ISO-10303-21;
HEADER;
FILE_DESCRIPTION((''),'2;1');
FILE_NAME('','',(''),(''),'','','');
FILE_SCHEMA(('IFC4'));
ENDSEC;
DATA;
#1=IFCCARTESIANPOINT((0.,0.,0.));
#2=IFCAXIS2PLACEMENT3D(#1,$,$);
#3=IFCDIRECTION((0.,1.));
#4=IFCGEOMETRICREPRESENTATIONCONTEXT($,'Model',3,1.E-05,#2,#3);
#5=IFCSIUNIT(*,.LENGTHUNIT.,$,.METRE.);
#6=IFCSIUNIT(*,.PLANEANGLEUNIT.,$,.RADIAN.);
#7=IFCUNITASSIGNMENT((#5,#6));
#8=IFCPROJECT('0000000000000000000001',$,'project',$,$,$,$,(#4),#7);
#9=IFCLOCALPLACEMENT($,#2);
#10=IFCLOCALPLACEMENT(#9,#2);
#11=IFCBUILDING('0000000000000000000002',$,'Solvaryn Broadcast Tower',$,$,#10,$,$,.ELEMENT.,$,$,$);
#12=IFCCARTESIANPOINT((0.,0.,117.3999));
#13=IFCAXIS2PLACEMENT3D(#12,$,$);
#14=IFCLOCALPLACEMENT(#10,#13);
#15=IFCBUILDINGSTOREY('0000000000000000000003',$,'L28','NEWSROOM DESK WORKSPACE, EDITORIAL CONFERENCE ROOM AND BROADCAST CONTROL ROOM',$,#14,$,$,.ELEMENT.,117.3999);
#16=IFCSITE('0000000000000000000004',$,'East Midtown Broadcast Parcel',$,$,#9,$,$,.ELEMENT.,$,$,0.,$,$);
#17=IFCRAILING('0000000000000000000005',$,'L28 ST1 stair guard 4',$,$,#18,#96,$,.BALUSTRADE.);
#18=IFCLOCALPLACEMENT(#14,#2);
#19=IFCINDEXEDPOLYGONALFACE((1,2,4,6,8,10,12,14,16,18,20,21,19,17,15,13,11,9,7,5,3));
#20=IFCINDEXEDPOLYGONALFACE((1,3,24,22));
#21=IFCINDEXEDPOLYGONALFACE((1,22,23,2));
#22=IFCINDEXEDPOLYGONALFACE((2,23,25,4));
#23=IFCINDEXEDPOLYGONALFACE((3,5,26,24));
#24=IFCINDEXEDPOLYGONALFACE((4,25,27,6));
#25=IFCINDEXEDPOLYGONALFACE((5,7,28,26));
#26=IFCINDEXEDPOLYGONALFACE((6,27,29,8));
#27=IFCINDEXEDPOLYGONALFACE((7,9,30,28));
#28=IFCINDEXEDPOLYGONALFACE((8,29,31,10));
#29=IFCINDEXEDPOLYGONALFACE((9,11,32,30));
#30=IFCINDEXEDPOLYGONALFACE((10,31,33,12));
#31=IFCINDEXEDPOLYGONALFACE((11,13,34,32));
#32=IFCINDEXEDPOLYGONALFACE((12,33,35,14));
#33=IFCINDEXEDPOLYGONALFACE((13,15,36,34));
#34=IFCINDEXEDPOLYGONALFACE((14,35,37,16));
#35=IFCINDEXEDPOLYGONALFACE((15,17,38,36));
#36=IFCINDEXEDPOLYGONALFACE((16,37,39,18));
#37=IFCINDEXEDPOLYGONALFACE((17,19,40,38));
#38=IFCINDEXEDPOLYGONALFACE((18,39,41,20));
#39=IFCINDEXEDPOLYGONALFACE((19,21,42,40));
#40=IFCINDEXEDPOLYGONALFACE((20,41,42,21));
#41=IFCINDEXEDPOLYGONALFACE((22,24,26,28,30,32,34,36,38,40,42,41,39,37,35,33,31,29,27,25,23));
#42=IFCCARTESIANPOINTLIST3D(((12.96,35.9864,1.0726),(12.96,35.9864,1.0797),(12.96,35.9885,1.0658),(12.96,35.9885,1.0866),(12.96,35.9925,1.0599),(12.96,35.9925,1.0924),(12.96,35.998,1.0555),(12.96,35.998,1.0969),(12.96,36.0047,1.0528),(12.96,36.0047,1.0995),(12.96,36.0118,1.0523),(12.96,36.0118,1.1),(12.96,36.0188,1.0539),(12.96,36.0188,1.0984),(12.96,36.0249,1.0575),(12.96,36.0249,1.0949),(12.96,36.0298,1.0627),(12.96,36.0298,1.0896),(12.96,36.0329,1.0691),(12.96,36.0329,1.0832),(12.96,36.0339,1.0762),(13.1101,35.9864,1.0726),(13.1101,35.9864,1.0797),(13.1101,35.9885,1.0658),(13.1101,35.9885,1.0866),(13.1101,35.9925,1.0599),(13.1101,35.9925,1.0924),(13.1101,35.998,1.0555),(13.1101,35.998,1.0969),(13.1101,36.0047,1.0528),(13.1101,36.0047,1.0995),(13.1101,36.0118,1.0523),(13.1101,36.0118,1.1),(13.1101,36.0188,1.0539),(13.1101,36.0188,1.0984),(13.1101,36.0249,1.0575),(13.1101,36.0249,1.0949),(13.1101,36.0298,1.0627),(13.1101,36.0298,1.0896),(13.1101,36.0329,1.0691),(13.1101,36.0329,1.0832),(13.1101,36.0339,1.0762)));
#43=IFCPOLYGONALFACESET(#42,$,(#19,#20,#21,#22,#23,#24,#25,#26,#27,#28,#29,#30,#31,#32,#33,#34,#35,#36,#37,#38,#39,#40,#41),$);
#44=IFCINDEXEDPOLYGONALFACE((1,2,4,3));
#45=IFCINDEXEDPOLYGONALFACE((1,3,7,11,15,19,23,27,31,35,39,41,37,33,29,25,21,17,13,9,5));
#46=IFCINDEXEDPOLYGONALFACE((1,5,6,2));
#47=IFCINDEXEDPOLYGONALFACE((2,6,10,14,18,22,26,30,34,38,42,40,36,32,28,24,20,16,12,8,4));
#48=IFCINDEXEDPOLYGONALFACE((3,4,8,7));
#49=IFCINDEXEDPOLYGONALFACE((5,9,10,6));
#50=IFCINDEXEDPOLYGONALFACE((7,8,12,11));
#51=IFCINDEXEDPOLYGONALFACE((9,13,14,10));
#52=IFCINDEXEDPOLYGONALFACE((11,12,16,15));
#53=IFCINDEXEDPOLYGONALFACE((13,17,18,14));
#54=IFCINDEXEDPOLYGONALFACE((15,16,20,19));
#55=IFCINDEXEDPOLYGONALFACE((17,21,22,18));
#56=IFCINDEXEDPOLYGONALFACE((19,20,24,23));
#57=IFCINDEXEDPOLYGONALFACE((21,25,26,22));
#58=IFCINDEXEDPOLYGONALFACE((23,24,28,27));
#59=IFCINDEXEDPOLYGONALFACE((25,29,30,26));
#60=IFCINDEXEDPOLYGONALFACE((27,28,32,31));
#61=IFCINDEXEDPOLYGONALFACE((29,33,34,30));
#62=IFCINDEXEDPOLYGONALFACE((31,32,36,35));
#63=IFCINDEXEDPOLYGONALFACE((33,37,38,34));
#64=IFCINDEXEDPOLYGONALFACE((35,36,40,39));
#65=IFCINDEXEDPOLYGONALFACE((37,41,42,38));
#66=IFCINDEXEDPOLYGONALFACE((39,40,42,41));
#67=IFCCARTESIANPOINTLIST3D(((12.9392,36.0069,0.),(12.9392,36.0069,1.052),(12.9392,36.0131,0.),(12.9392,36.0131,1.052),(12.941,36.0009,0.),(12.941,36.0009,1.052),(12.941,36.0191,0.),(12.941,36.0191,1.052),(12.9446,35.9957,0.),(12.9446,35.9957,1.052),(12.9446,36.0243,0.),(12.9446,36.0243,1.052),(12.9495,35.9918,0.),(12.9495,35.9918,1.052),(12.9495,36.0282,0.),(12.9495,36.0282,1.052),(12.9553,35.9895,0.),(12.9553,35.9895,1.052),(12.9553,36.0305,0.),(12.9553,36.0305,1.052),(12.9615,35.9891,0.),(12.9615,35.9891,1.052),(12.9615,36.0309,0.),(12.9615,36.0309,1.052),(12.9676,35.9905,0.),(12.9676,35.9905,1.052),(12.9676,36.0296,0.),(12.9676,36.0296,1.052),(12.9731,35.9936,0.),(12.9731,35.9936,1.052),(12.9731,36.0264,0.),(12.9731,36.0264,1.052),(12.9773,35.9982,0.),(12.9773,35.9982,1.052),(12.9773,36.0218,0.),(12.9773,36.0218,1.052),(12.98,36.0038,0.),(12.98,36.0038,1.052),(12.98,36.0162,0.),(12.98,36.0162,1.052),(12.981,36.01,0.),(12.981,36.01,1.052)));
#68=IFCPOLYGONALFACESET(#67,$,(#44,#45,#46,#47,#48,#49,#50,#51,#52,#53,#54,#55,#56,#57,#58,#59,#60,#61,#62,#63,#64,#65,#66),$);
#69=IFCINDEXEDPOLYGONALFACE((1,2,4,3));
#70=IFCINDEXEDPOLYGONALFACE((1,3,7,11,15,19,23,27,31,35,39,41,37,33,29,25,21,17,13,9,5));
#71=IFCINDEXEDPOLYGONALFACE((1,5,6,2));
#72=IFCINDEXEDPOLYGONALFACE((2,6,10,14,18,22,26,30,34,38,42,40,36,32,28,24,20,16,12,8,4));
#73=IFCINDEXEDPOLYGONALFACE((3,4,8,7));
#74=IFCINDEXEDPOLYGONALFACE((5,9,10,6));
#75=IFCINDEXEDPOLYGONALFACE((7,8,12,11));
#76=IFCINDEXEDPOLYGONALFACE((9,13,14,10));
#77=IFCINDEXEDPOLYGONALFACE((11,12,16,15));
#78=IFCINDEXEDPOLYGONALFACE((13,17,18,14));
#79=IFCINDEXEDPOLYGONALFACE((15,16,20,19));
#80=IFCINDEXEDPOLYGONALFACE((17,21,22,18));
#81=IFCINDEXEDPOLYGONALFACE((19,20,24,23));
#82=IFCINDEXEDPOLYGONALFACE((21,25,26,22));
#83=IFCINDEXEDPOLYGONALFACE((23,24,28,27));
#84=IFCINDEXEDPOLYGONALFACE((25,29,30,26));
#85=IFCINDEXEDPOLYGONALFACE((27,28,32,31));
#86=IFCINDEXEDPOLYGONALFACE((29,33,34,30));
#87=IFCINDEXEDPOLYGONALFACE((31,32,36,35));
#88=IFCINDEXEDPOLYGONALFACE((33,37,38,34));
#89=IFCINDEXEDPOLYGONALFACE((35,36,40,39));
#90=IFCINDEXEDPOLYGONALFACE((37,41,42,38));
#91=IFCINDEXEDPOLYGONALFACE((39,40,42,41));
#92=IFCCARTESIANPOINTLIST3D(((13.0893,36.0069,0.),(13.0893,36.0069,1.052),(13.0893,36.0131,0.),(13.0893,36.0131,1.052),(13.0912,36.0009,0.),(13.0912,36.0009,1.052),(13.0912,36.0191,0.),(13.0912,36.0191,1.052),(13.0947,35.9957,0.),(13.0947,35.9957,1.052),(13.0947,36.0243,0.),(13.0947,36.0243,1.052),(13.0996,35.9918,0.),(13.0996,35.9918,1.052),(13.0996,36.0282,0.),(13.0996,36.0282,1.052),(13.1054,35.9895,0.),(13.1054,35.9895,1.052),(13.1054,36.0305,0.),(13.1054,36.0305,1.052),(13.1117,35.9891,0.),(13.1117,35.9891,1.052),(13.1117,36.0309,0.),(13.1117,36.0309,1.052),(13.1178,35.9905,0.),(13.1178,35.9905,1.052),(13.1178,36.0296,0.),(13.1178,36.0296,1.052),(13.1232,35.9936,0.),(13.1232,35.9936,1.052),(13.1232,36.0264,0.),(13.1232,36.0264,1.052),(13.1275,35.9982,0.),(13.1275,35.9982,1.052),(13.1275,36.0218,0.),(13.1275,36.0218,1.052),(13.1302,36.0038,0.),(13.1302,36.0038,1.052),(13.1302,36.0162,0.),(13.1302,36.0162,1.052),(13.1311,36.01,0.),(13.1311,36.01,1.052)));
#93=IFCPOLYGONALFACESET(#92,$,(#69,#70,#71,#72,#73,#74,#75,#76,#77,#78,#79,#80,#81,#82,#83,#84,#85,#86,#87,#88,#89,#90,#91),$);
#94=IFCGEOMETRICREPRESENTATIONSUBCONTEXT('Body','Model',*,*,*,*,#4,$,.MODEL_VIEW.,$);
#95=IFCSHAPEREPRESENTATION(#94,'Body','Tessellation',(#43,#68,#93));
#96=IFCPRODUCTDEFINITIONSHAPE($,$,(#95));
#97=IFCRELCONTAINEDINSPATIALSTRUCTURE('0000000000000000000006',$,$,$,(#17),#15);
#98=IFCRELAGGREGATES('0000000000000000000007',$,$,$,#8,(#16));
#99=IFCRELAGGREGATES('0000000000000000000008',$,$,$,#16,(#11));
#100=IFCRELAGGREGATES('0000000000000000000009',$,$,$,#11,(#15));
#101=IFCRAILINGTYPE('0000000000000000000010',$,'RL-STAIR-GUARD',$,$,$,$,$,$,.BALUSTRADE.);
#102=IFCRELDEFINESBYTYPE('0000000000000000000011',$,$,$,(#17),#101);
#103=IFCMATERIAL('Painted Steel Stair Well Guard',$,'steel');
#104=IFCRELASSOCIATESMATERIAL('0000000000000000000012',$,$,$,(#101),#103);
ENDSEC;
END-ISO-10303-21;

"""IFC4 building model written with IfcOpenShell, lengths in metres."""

from ifc_helpers import new_model, si_unit, direction, frame, origin, origin_2d, place, context, subcontext, project, spatial, circle, extrude, material, type_object, element, save


model = new_model("IFC4")

# Units and contexts
model_context = context("Model", 3, precision=1e-05, world=origin(), true_north=direction((0.0, 1.0)))
body_context = subcontext(model_context, "Body", "Model", "MODEL_VIEW")
ifc_project = project(units=[si_unit("LENGTHUNIT", "METRE"), si_unit("PLANEANGLEUNIT", "RADIAN")], contexts=[model_context])

# Site, building, storey
site_placement = place(None, origin())
site = spatial("IfcSite", under=ifc_project, at=site_placement, Name="East Midtown Broadcast Parcel", CompositionType="ELEMENT", RefElevation=0.0)
building_placement = place(site_placement, origin())
building = spatial("IfcBuilding", under=site, at=building_placement, Name="Solvaryn Broadcast Tower", CompositionType="ELEMENT")
storey_placement = place(building_placement, frame((0.0, 0.0, 117.3999)))
storey = spatial("IfcBuildingStorey", under=building, at=storey_placement, Name="L28", Description="NEWSROOM DESK WORKSPACE, EDITORIAL CONFERENCE ROOM AND BROADCAST CONTROL ROOM", CompositionType="ELEMENT", Elevation=117.3999)

# Railing
ifc_material_1 = material(Name="Painted Steel Stair Well Guard", Category="steel")
railing_type_1 = type_object("IfcRailingType", Name="RL-STAIR-GUARD", PredefinedType="BALUSTRADE", material=ifc_material_1)
railing_1_placement = place(storey_placement, frame((12.96, 36.01, 0.0)))
element("IfcRailing", 1, at=railing_1_placement, inside=storey, type_object=railing_type_1, Name="L28 ST1 stair guard 4", PredefinedType="BALUSTRADE", context=body_context, shape_type="SweptSolid", body=[
    extrude(circle(Radius=0.0239, at=origin_2d()), frame((0.0, 0.0, 1.0762), z_axis=(1.0, 0.0, 0.0), x_axis=(0.0, 1.0, 0.0)), (0.0, 0.0, 1.0), 0.1501),
    extrude(circle(Radius=0.021, at=origin_2d()), origin(), (0.0, 0.0, 1.0), 1.052),
    extrude(circle(Radius=0.021, at=origin_2d()), frame((0.1501, 0.0, 0.0)), (0.0, 0.0, 1.0), 1.052),
])

save(model, "model.ifc")
